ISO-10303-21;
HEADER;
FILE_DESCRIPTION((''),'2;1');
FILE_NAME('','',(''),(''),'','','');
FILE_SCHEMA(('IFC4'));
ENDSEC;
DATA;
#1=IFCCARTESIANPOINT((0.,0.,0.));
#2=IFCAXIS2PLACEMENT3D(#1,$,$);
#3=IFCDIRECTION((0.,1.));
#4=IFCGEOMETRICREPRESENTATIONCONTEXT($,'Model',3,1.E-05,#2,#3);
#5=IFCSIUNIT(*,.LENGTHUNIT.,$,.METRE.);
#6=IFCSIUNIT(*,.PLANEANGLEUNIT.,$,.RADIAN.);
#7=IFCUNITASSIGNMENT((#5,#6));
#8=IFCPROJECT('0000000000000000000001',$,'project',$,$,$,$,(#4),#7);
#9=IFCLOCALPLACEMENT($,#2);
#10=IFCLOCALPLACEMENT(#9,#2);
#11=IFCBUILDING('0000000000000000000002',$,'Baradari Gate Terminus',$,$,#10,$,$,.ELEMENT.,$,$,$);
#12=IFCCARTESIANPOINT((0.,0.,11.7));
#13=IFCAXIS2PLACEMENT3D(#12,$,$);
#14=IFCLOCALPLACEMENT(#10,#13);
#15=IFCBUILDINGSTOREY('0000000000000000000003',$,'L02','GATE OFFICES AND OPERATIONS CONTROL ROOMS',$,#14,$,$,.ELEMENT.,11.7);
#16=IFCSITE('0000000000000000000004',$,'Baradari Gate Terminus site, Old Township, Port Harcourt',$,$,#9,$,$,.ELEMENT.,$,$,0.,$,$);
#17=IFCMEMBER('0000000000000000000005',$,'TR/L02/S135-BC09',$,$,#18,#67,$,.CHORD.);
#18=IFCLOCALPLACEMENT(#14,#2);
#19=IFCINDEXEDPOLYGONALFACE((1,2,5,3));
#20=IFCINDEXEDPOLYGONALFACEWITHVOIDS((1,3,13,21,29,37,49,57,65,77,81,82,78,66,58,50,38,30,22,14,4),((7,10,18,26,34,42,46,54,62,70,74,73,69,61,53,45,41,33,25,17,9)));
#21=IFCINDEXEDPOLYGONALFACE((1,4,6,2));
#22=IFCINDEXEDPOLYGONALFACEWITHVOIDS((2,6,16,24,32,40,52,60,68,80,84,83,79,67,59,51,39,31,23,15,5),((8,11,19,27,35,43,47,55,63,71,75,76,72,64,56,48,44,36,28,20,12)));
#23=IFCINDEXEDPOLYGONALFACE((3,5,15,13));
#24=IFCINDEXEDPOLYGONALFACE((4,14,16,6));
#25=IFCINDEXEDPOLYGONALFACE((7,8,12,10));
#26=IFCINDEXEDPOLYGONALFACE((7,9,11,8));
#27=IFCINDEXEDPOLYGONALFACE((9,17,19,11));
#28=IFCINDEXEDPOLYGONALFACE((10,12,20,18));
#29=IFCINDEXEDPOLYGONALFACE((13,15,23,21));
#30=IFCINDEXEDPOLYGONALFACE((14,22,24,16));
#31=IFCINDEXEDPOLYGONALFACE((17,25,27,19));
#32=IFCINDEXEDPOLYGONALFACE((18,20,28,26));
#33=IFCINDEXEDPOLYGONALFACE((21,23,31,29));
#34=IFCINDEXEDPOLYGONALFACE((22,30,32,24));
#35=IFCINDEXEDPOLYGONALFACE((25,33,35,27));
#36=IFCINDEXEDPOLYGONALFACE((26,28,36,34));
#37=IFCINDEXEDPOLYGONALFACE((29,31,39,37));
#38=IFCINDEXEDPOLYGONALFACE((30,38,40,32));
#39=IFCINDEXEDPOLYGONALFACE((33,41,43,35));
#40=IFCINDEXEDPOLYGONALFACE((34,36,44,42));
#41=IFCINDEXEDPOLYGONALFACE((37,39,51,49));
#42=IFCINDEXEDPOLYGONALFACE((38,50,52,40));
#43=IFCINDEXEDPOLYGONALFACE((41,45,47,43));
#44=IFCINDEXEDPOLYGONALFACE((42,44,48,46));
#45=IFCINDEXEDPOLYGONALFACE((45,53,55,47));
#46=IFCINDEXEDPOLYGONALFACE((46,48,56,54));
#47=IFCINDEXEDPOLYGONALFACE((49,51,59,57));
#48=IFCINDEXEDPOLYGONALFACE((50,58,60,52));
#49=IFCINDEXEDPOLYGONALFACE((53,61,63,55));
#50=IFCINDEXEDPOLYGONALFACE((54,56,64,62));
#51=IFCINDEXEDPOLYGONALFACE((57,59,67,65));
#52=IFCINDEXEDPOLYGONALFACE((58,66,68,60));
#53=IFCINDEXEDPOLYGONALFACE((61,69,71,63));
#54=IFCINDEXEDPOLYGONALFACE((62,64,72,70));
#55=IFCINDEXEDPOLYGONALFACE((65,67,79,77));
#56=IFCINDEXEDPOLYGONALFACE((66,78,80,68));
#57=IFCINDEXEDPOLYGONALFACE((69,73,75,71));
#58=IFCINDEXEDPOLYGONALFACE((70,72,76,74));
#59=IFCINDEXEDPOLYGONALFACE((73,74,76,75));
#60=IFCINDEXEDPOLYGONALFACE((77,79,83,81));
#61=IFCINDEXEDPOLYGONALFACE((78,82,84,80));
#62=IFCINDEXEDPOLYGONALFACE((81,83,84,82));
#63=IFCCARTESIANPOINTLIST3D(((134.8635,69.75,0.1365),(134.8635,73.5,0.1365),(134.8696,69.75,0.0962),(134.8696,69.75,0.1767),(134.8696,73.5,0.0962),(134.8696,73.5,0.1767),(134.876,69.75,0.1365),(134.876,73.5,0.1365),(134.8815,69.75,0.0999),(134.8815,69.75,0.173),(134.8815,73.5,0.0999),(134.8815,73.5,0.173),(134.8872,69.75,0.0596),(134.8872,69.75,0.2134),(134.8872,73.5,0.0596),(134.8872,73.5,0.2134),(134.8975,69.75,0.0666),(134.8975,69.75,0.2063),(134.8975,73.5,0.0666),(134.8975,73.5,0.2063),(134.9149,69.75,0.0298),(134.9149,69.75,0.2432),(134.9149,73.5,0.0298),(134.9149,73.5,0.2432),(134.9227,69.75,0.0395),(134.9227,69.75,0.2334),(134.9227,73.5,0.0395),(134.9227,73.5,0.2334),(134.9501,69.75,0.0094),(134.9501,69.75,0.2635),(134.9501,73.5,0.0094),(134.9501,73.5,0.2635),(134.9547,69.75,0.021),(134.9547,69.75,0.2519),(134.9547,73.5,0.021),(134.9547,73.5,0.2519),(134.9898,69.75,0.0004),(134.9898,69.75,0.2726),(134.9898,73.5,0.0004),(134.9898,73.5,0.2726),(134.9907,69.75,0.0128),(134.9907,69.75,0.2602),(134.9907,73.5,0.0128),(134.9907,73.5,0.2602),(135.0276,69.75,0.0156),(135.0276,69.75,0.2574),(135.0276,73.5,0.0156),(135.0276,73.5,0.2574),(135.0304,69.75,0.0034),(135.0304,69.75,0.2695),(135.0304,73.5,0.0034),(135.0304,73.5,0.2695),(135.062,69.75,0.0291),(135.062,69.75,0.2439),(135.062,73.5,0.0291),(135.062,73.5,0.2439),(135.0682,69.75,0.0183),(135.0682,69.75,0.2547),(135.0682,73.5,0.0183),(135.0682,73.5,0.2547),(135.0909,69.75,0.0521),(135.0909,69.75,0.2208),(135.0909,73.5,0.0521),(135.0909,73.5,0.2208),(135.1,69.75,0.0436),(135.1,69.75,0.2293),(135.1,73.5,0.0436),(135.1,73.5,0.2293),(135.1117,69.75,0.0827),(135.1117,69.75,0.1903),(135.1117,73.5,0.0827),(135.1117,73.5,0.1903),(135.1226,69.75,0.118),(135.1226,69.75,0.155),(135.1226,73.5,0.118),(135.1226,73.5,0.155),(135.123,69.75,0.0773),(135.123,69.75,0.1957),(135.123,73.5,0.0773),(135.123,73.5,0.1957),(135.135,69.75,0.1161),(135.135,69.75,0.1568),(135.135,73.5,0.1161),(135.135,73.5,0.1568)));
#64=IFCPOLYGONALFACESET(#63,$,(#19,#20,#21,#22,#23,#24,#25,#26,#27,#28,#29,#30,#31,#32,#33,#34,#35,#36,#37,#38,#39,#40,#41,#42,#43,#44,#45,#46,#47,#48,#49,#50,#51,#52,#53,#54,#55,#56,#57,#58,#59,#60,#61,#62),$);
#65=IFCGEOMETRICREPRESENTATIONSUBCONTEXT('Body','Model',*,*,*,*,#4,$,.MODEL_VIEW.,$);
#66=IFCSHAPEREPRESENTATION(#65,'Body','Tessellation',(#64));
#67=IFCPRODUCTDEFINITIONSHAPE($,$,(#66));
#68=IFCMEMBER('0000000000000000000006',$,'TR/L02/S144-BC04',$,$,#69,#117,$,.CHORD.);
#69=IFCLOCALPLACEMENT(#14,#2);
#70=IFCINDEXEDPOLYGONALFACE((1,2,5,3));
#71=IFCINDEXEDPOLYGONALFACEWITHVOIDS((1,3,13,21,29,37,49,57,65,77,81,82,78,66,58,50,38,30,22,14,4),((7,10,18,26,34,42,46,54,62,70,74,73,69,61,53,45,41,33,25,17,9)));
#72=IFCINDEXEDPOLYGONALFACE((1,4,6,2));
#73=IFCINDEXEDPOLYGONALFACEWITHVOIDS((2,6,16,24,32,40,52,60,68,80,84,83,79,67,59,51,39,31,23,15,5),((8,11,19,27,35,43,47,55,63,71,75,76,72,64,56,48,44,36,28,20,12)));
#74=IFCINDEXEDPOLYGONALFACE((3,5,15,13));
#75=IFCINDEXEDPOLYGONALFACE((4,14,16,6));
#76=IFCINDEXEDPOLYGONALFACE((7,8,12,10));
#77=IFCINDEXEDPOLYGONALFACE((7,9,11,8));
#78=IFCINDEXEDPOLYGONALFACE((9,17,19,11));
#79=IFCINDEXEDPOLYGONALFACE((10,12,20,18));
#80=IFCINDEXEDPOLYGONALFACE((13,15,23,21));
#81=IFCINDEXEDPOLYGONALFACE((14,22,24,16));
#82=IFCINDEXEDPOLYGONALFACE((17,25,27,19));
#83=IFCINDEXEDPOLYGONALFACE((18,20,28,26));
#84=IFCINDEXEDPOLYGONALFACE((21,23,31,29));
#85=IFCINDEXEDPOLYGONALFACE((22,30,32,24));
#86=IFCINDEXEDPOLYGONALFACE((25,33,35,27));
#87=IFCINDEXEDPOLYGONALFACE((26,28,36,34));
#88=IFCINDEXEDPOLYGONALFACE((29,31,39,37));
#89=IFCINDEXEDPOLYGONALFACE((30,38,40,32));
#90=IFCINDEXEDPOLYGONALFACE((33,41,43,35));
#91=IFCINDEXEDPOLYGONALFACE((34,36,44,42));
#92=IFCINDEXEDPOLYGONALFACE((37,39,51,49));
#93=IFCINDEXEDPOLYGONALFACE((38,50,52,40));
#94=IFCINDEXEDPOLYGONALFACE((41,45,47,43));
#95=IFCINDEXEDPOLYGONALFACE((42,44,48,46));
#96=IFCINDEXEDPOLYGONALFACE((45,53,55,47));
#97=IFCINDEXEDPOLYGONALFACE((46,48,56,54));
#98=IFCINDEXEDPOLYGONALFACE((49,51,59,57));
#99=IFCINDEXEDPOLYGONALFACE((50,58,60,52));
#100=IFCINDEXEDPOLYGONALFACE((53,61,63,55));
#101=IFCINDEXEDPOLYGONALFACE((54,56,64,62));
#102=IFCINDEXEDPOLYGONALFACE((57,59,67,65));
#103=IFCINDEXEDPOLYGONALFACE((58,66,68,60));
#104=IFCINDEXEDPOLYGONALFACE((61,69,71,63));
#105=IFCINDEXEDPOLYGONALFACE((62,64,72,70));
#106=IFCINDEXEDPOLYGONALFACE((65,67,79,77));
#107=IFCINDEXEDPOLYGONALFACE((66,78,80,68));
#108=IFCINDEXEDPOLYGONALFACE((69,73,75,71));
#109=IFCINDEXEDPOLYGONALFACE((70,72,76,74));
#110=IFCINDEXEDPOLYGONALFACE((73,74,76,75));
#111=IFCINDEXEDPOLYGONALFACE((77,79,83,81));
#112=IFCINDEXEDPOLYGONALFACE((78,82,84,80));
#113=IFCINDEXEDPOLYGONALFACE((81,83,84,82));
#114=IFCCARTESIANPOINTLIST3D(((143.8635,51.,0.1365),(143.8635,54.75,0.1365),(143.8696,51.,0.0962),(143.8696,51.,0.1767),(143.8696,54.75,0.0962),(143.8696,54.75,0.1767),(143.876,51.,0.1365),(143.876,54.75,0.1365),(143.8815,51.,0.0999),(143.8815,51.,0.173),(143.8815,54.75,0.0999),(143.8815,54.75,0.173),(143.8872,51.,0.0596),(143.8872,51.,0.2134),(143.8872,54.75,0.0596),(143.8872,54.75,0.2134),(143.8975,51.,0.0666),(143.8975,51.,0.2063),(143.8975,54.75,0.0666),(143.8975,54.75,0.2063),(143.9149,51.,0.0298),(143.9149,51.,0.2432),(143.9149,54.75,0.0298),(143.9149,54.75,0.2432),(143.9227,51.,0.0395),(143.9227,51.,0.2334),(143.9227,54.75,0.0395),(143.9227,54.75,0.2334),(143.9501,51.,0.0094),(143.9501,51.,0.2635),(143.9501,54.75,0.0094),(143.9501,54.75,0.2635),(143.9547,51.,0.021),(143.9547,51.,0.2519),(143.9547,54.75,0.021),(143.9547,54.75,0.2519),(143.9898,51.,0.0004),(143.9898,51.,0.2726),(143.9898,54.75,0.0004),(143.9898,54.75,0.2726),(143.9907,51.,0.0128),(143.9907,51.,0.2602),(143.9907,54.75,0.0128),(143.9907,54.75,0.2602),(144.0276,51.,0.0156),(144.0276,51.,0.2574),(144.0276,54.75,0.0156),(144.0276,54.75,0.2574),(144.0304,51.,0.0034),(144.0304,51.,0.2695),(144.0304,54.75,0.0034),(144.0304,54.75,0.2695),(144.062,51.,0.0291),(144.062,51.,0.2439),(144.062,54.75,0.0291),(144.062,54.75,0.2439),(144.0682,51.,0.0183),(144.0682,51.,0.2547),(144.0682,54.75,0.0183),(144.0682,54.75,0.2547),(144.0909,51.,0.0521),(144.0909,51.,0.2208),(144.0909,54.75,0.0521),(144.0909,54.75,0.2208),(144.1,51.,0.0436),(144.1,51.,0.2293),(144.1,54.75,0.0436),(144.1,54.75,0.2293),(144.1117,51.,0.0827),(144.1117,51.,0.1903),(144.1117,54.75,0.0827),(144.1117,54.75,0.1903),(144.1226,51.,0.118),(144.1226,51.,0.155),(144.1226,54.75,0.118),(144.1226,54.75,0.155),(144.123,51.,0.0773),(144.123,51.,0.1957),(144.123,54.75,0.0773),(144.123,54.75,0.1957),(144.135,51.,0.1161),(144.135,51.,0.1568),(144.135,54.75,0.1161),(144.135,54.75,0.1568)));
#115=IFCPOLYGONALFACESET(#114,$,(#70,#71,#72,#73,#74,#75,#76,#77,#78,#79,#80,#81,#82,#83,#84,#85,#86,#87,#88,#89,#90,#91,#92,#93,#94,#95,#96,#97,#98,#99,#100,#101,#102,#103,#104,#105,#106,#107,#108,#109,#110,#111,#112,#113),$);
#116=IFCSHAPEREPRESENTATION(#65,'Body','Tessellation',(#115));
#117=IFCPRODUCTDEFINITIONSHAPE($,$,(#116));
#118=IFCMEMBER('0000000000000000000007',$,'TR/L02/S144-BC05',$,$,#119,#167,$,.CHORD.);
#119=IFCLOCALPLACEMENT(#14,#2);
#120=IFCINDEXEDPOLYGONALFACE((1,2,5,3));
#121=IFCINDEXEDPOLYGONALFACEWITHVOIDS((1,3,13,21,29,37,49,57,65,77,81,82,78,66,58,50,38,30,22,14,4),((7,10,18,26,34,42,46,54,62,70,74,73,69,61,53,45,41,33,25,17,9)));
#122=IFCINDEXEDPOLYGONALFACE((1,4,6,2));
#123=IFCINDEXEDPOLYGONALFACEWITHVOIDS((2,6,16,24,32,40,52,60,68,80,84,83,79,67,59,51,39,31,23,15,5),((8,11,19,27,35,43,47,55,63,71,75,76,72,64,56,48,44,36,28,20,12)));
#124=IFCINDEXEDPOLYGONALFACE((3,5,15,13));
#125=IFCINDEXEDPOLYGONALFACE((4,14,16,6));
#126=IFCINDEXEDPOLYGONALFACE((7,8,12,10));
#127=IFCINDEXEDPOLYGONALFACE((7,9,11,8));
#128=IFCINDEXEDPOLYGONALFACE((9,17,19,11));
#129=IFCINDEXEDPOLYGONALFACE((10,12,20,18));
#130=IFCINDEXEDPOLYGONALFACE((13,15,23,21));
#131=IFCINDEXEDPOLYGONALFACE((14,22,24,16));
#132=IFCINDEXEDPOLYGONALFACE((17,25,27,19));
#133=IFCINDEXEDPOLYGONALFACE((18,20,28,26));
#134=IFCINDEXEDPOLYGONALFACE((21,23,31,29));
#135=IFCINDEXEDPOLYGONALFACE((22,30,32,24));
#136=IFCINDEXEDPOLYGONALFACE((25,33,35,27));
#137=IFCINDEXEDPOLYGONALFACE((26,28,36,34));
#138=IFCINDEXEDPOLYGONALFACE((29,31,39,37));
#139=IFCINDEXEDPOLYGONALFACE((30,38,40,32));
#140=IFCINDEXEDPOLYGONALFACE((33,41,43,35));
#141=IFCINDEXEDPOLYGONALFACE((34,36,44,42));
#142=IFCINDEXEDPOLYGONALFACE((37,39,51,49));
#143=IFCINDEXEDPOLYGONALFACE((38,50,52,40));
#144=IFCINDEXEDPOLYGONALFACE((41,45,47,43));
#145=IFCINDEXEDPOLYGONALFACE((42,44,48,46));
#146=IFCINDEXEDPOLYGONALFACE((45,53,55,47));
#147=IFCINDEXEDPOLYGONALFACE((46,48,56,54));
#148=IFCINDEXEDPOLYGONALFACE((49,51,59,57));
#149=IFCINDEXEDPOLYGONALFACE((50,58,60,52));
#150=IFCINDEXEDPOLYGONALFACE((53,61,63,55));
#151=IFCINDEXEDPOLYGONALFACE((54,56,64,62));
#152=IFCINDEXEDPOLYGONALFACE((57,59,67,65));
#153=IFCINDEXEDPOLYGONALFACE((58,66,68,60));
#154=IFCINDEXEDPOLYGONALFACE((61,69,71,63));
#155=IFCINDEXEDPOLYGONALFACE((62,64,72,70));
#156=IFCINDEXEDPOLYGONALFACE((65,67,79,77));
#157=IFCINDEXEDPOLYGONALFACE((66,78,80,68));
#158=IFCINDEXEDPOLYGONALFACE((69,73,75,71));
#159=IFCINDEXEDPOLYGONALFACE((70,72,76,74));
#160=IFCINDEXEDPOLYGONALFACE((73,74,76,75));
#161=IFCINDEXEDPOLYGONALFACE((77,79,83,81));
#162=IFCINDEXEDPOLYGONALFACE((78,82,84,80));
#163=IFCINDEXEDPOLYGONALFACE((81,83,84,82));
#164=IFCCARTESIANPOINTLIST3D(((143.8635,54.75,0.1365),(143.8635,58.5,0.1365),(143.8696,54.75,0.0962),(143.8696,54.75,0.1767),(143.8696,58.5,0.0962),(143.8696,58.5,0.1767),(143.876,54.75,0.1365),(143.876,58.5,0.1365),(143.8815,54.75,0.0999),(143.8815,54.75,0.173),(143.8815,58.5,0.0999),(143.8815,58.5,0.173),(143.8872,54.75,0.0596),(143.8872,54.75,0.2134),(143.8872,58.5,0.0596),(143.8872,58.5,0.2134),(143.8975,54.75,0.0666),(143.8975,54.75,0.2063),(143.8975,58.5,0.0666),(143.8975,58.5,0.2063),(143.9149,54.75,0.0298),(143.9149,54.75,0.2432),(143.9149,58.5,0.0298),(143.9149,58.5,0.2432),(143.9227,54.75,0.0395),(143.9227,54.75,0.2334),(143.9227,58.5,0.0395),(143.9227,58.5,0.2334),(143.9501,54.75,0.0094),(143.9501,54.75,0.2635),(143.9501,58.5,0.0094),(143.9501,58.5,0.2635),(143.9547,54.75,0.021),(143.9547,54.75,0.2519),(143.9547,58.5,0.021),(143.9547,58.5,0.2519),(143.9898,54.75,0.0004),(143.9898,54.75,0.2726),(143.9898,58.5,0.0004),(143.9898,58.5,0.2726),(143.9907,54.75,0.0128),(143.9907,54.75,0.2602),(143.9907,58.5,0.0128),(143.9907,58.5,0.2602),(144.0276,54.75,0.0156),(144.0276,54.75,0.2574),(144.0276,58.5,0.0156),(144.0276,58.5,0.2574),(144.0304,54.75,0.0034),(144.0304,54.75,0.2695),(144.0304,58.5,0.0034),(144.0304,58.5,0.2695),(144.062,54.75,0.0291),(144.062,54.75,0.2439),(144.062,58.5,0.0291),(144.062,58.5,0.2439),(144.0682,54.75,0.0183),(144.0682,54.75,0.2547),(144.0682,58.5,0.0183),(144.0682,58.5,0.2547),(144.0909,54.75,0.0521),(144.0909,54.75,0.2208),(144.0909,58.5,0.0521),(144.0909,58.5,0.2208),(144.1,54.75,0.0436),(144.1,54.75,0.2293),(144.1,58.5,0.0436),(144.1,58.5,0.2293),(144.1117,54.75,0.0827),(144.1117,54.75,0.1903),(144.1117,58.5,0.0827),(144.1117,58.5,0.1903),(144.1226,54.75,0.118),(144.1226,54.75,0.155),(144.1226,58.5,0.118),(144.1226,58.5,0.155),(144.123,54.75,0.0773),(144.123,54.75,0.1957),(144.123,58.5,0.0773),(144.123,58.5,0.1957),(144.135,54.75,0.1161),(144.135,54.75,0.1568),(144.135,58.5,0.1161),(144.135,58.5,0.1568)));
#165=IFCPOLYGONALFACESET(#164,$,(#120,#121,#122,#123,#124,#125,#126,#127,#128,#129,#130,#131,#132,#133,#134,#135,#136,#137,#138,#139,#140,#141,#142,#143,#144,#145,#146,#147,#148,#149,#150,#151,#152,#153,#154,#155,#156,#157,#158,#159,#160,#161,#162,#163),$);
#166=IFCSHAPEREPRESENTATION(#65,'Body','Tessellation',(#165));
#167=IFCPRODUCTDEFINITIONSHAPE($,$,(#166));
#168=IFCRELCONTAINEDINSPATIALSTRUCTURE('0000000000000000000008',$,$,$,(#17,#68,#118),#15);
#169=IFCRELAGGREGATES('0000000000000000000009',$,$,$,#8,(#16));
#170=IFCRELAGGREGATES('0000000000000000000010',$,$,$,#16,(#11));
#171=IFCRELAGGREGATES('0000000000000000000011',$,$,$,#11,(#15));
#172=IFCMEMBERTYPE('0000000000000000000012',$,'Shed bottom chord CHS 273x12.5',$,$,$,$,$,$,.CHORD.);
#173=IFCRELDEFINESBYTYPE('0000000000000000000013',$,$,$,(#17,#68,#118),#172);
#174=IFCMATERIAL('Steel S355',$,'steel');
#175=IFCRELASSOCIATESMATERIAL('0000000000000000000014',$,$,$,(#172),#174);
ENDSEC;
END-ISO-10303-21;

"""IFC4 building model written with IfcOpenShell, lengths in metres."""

from ifc_helpers import new_model, si_unit, direction, frame, origin, origin_2d, place, context, subcontext, project, spatial, hollow_circle, extrude, material, material_profile, profile_set, type_object, element, save


model = new_model("IFC4")

# Units and contexts
model_context = context("Model", 3, precision=1e-05, world=origin(), true_north=direction((0.0, 1.0)))
body_context = subcontext(model_context, "Body", "Model", "MODEL_VIEW")
ifc_project = project(units=[si_unit("LENGTHUNIT", "METRE"), si_unit("PLANEANGLEUNIT", "RADIAN")], contexts=[model_context])

# Site, building, storey
site_placement = place(None, origin())
site = spatial("IfcSite", under=ifc_project, at=site_placement, Name="Baradari Gate Terminus site, Old Township, Port Harcourt", CompositionType="ELEMENT", RefElevation=0.0)
building_placement = place(site_placement, origin())
building = spatial("IfcBuilding", under=site, at=building_placement, Name="Baradari Gate Terminus", CompositionType="ELEMENT")
storey_placement = place(building_placement, frame((0.0, 0.0, 11.7)))
storey = spatial("IfcBuildingStorey", under=building, at=storey_placement, Name="L02", Description="GATE OFFICES AND OPERATIONS CONTROL ROOMS", CompositionType="ELEMENT", Elevation=11.7)

# Members
ifc_material_1 = material(Name="Steel S355", Category="steel")
ifc_material_profile_1 = material_profile(ifc_material_1, hollow_circle(Radius=0.1365, WallThickness=0.0125, at=origin_2d()), Name="CHS 273x12.5")
ifc_profile_set_1 = profile_set([ifc_material_profile_1], Name="Steel S355")
member_type_1 = type_object("IfcMemberType", Name="Shed bottom chord CHS 273x12.5", PredefinedType="CHORD", material=ifc_profile_set_1)
for number, where, z_axis, x_axis, name in (
    (1, (135.0, 69.75, 0.1365), (0.0, 1.0, 0.0), (-1.0, 0.0, 0.0), "TR/L02/S135-BC09"),
    (2, (144.0, 51.0, 0.1365), (0.0, 1.0, 0.0), (-1.0, 0.0, 0.0), "TR/L02/S144-BC04"),
    (3, (144.0, 54.75, 0.1365), (0.0, 1.0, 0.0), (-1.0, 0.0, 0.0), "TR/L02/S144-BC05"),
):
    element("IfcMember", number, at=place(storey_placement, frame(where, z_axis=z_axis, x_axis=x_axis)), inside=storey, type_object=member_type_1, Name=name, PredefinedType="CHORD", context=body_context, shape_type="SweptSolid", body=[
        extrude(hollow_circle(Radius=0.1365, WallThickness=0.0125, at=origin_2d()), origin(), (0.0, 0.0, 1.0), 3.75),
    ])

save(model, "model.ifc")
